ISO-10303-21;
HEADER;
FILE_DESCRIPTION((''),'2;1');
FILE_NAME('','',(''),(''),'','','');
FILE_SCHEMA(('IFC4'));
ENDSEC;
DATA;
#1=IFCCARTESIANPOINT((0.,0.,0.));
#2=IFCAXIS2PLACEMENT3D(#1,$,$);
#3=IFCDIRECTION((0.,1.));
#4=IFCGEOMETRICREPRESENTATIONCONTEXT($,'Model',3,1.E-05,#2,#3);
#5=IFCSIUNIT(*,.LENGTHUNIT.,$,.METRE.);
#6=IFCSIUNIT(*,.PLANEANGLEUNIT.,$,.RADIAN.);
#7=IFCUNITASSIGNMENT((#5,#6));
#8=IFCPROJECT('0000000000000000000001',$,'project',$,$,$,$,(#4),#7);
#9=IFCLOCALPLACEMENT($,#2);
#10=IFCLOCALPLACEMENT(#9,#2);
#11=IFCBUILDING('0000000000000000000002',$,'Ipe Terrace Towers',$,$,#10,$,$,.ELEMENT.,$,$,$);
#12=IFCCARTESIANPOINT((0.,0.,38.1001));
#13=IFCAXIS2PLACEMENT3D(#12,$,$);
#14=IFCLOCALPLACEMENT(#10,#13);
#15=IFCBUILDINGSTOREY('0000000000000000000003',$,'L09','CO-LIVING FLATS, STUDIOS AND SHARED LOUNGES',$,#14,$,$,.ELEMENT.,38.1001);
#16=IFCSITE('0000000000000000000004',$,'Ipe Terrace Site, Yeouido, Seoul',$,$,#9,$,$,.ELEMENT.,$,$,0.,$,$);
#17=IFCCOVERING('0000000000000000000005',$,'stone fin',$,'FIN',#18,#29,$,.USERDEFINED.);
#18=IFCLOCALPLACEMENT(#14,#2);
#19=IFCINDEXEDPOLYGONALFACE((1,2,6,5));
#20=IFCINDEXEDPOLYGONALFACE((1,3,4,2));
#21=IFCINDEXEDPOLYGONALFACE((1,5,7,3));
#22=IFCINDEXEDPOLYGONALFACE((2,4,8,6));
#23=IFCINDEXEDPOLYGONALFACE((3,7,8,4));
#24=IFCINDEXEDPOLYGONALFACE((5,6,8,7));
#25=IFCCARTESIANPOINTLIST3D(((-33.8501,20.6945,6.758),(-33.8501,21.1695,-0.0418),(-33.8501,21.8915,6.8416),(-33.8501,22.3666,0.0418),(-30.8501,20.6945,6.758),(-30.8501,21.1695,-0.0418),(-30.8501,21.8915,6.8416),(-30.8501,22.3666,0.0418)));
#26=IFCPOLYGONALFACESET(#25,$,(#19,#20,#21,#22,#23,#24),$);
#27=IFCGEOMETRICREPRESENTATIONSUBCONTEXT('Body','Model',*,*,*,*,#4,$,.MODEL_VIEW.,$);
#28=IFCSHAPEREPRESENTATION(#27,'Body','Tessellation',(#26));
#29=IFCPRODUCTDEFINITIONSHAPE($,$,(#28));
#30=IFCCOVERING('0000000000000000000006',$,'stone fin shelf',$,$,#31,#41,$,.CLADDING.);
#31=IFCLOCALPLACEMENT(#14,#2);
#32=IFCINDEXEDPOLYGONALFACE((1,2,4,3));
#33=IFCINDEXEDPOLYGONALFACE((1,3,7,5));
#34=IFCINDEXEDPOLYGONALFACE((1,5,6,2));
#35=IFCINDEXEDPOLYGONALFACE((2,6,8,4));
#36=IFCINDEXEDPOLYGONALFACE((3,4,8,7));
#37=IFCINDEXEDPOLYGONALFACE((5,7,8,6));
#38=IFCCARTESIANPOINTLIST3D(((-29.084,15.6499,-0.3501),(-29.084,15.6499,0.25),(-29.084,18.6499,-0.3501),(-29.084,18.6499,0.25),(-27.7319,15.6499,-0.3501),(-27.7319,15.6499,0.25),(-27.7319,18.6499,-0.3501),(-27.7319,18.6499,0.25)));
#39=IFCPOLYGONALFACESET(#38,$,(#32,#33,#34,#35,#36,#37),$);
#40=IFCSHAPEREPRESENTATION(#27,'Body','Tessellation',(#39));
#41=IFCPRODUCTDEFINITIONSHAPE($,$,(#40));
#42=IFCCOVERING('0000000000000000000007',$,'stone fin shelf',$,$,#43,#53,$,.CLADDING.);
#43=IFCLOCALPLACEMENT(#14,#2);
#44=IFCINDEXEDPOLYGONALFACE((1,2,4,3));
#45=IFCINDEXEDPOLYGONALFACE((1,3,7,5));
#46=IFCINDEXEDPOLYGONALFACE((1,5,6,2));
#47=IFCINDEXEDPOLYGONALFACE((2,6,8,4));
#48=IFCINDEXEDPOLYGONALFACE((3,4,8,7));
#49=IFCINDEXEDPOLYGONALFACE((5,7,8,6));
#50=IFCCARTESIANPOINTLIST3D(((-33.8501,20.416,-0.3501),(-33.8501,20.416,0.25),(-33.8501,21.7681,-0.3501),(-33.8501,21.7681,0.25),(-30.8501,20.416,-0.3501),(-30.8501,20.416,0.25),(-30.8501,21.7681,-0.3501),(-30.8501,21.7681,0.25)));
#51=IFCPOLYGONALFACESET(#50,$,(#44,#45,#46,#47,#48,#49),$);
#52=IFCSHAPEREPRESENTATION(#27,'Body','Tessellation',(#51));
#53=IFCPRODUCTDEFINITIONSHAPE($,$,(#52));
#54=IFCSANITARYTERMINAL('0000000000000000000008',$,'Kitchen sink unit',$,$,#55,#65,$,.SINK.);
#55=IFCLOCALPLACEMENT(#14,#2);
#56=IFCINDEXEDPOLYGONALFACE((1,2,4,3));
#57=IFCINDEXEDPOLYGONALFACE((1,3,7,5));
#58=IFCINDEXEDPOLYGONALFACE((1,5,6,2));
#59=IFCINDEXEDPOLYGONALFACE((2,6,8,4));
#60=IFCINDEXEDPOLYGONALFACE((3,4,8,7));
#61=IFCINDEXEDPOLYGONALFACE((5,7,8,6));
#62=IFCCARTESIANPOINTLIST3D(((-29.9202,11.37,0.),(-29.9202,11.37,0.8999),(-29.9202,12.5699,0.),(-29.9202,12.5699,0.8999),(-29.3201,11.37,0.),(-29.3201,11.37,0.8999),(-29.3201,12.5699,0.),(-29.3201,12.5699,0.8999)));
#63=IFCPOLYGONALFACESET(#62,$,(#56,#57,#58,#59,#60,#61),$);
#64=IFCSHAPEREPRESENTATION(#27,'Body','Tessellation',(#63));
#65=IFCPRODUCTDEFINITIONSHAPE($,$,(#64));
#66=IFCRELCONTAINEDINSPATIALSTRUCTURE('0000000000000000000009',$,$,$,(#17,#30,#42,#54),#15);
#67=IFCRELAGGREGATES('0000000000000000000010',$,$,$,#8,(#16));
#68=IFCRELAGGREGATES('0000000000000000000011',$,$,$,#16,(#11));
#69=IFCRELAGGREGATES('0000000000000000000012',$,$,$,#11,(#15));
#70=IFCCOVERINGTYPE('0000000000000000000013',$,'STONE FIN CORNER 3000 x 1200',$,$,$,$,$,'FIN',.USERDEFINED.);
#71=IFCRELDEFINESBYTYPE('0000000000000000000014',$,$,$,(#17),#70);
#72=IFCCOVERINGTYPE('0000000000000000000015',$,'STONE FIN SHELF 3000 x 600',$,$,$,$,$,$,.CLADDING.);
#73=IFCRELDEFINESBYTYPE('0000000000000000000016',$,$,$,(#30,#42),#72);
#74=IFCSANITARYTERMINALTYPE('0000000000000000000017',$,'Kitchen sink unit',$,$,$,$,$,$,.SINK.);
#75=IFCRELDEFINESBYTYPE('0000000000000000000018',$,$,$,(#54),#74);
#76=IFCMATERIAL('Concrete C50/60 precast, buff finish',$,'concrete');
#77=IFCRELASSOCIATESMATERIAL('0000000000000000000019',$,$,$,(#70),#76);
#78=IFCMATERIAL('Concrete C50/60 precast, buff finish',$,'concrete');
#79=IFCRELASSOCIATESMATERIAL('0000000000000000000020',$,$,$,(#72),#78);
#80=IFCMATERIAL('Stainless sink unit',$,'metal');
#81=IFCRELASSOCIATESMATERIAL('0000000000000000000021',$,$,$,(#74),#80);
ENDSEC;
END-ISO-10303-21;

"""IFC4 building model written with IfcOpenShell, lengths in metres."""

from ifc_helpers import new_model, si_unit, direction, frame, origin, origin_2d, place, context, subcontext, project, spatial, rectangle, extrude, material, material_profile, profile_set, type_object, element, save


model = new_model("IFC4")

# Units and contexts
model_context = context("Model", 3, precision=1e-05, world=origin(), true_north=direction((0.0, 1.0)))
body_context = subcontext(model_context, "Body", "Model", "MODEL_VIEW")
ifc_project = project(units=[si_unit("LENGTHUNIT", "METRE"), si_unit("PLANEANGLEUNIT", "RADIAN")], contexts=[model_context])

# Site, building, storey
site_placement = place(None, origin())
site = spatial("IfcSite", under=ifc_project, at=site_placement, Name="Ipe Terrace Site, Yeouido, Seoul", CompositionType="ELEMENT", RefElevation=0.0)
building_placement = place(site_placement, origin())
building = spatial("IfcBuilding", under=site, at=building_placement, Name="Ipe Terrace Towers", CompositionType="ELEMENT")
storey_placement = place(building_placement, frame((0.0, 0.0, 38.1001)))
storey = spatial("IfcBuildingStorey", under=building, at=storey_placement, Name="L09", Description="CO-LIVING FLATS, STUDIOS AND SHARED LOUNGES", CompositionType="ELEMENT", Elevation=38.1001)

# Coverings
ifc_material_1 = material(Name="Concrete C50/60 precast, buff finish", Category="concrete")
ifc_material_profile_1 = material_profile(ifc_material_1, rectangle(XDim=3.0, YDim=1.2, at=origin_2d()), Name="STONE FIN CORNER 3000 x 1200")
ifc_profile_set_1 = profile_set([ifc_material_profile_1], Name="Concrete C50/60 precast, buff finish")
covering_type_1 = type_object("IfcCoveringType", Name="STONE FIN CORNER 3000 x 1200", ElementType="FIN", PredefinedType="USERDEFINED", material=ifc_profile_set_1)
for number, where, z_axis, x_axis, name in (
    (1, (-32.3501, 21.7681, 0.0), (0.0, -0.069699, 0.997568), (-1.0, 0.0, 0.0), "stone fin"),
):
    element("IfcCovering", number, at=place(storey_placement, frame(where, z_axis=z_axis, x_axis=x_axis)), inside=storey, type_object=covering_type_1, Name=name, ObjectType="FIN", PredefinedType="USERDEFINED", context=body_context, shape_type="SweptSolid", body=[
        extrude(rectangle(XDim=3.0, YDim=1.2, at=origin_2d()), origin(), (0.0, 0.0, 1.0), 6.8164),
    ])
ifc_material_2 = material(Name="Concrete C50/60 precast, buff finish", Category="concrete")
covering_type_2 = type_object("IfcCoveringType", Name="STONE FIN SHELF 3000 x 600", PredefinedType="CLADDING", material=ifc_material_2)
for number, where, z_axis, x_axis, name in (
    (2, (-28.408, 17.1499, -0.3501), (0.0, 0.0, 1.0), (0.0, 1.0, 0.0), "stone fin shelf"),
    (3, (-32.3501, 21.092, -0.3501), (0.0, 0.0, 1.0), (-1.0, 0.0, 0.0), "stone fin shelf"),
):
    element("IfcCovering", number, at=place(storey_placement, frame(where, z_axis=z_axis, x_axis=x_axis)), inside=storey, type_object=covering_type_2, Name=name, PredefinedType="CLADDING", context=body_context, shape_type="SweptSolid", body=[
        extrude(rectangle(XDim=3.0, YDim=1.3521, at=origin_2d()), origin(), (0.0, 0.0, 1.0), 0.6001),
    ])

# Sanitary terminal
ifc_material_3 = material(Name="Stainless sink unit", Category="metal")
sanitary_terminal_type = type_object("IfcSanitaryTerminalType", Name="Kitchen sink unit", PredefinedType="SINK", material=ifc_material_3)
sanitary_terminal_placement = place(storey_placement, frame((-29.6201, 11.97, 0.0), z_axis=(0.0, 0.0, 1.0), x_axis=(0.0, -1.0, 0.0)))
element("IfcSanitaryTerminal", 4, at=sanitary_terminal_placement, inside=storey, type_object=sanitary_terminal_type, Name="Kitchen sink unit", PredefinedType="SINK", context=body_context, shape_type="SweptSolid", body=[
    extrude(rectangle(XDim=1.2, YDim=0.6001, at=origin_2d()), origin(), (0.0, 0.0, 1.0), 0.8999),
])

save(model, "model.ifc")
